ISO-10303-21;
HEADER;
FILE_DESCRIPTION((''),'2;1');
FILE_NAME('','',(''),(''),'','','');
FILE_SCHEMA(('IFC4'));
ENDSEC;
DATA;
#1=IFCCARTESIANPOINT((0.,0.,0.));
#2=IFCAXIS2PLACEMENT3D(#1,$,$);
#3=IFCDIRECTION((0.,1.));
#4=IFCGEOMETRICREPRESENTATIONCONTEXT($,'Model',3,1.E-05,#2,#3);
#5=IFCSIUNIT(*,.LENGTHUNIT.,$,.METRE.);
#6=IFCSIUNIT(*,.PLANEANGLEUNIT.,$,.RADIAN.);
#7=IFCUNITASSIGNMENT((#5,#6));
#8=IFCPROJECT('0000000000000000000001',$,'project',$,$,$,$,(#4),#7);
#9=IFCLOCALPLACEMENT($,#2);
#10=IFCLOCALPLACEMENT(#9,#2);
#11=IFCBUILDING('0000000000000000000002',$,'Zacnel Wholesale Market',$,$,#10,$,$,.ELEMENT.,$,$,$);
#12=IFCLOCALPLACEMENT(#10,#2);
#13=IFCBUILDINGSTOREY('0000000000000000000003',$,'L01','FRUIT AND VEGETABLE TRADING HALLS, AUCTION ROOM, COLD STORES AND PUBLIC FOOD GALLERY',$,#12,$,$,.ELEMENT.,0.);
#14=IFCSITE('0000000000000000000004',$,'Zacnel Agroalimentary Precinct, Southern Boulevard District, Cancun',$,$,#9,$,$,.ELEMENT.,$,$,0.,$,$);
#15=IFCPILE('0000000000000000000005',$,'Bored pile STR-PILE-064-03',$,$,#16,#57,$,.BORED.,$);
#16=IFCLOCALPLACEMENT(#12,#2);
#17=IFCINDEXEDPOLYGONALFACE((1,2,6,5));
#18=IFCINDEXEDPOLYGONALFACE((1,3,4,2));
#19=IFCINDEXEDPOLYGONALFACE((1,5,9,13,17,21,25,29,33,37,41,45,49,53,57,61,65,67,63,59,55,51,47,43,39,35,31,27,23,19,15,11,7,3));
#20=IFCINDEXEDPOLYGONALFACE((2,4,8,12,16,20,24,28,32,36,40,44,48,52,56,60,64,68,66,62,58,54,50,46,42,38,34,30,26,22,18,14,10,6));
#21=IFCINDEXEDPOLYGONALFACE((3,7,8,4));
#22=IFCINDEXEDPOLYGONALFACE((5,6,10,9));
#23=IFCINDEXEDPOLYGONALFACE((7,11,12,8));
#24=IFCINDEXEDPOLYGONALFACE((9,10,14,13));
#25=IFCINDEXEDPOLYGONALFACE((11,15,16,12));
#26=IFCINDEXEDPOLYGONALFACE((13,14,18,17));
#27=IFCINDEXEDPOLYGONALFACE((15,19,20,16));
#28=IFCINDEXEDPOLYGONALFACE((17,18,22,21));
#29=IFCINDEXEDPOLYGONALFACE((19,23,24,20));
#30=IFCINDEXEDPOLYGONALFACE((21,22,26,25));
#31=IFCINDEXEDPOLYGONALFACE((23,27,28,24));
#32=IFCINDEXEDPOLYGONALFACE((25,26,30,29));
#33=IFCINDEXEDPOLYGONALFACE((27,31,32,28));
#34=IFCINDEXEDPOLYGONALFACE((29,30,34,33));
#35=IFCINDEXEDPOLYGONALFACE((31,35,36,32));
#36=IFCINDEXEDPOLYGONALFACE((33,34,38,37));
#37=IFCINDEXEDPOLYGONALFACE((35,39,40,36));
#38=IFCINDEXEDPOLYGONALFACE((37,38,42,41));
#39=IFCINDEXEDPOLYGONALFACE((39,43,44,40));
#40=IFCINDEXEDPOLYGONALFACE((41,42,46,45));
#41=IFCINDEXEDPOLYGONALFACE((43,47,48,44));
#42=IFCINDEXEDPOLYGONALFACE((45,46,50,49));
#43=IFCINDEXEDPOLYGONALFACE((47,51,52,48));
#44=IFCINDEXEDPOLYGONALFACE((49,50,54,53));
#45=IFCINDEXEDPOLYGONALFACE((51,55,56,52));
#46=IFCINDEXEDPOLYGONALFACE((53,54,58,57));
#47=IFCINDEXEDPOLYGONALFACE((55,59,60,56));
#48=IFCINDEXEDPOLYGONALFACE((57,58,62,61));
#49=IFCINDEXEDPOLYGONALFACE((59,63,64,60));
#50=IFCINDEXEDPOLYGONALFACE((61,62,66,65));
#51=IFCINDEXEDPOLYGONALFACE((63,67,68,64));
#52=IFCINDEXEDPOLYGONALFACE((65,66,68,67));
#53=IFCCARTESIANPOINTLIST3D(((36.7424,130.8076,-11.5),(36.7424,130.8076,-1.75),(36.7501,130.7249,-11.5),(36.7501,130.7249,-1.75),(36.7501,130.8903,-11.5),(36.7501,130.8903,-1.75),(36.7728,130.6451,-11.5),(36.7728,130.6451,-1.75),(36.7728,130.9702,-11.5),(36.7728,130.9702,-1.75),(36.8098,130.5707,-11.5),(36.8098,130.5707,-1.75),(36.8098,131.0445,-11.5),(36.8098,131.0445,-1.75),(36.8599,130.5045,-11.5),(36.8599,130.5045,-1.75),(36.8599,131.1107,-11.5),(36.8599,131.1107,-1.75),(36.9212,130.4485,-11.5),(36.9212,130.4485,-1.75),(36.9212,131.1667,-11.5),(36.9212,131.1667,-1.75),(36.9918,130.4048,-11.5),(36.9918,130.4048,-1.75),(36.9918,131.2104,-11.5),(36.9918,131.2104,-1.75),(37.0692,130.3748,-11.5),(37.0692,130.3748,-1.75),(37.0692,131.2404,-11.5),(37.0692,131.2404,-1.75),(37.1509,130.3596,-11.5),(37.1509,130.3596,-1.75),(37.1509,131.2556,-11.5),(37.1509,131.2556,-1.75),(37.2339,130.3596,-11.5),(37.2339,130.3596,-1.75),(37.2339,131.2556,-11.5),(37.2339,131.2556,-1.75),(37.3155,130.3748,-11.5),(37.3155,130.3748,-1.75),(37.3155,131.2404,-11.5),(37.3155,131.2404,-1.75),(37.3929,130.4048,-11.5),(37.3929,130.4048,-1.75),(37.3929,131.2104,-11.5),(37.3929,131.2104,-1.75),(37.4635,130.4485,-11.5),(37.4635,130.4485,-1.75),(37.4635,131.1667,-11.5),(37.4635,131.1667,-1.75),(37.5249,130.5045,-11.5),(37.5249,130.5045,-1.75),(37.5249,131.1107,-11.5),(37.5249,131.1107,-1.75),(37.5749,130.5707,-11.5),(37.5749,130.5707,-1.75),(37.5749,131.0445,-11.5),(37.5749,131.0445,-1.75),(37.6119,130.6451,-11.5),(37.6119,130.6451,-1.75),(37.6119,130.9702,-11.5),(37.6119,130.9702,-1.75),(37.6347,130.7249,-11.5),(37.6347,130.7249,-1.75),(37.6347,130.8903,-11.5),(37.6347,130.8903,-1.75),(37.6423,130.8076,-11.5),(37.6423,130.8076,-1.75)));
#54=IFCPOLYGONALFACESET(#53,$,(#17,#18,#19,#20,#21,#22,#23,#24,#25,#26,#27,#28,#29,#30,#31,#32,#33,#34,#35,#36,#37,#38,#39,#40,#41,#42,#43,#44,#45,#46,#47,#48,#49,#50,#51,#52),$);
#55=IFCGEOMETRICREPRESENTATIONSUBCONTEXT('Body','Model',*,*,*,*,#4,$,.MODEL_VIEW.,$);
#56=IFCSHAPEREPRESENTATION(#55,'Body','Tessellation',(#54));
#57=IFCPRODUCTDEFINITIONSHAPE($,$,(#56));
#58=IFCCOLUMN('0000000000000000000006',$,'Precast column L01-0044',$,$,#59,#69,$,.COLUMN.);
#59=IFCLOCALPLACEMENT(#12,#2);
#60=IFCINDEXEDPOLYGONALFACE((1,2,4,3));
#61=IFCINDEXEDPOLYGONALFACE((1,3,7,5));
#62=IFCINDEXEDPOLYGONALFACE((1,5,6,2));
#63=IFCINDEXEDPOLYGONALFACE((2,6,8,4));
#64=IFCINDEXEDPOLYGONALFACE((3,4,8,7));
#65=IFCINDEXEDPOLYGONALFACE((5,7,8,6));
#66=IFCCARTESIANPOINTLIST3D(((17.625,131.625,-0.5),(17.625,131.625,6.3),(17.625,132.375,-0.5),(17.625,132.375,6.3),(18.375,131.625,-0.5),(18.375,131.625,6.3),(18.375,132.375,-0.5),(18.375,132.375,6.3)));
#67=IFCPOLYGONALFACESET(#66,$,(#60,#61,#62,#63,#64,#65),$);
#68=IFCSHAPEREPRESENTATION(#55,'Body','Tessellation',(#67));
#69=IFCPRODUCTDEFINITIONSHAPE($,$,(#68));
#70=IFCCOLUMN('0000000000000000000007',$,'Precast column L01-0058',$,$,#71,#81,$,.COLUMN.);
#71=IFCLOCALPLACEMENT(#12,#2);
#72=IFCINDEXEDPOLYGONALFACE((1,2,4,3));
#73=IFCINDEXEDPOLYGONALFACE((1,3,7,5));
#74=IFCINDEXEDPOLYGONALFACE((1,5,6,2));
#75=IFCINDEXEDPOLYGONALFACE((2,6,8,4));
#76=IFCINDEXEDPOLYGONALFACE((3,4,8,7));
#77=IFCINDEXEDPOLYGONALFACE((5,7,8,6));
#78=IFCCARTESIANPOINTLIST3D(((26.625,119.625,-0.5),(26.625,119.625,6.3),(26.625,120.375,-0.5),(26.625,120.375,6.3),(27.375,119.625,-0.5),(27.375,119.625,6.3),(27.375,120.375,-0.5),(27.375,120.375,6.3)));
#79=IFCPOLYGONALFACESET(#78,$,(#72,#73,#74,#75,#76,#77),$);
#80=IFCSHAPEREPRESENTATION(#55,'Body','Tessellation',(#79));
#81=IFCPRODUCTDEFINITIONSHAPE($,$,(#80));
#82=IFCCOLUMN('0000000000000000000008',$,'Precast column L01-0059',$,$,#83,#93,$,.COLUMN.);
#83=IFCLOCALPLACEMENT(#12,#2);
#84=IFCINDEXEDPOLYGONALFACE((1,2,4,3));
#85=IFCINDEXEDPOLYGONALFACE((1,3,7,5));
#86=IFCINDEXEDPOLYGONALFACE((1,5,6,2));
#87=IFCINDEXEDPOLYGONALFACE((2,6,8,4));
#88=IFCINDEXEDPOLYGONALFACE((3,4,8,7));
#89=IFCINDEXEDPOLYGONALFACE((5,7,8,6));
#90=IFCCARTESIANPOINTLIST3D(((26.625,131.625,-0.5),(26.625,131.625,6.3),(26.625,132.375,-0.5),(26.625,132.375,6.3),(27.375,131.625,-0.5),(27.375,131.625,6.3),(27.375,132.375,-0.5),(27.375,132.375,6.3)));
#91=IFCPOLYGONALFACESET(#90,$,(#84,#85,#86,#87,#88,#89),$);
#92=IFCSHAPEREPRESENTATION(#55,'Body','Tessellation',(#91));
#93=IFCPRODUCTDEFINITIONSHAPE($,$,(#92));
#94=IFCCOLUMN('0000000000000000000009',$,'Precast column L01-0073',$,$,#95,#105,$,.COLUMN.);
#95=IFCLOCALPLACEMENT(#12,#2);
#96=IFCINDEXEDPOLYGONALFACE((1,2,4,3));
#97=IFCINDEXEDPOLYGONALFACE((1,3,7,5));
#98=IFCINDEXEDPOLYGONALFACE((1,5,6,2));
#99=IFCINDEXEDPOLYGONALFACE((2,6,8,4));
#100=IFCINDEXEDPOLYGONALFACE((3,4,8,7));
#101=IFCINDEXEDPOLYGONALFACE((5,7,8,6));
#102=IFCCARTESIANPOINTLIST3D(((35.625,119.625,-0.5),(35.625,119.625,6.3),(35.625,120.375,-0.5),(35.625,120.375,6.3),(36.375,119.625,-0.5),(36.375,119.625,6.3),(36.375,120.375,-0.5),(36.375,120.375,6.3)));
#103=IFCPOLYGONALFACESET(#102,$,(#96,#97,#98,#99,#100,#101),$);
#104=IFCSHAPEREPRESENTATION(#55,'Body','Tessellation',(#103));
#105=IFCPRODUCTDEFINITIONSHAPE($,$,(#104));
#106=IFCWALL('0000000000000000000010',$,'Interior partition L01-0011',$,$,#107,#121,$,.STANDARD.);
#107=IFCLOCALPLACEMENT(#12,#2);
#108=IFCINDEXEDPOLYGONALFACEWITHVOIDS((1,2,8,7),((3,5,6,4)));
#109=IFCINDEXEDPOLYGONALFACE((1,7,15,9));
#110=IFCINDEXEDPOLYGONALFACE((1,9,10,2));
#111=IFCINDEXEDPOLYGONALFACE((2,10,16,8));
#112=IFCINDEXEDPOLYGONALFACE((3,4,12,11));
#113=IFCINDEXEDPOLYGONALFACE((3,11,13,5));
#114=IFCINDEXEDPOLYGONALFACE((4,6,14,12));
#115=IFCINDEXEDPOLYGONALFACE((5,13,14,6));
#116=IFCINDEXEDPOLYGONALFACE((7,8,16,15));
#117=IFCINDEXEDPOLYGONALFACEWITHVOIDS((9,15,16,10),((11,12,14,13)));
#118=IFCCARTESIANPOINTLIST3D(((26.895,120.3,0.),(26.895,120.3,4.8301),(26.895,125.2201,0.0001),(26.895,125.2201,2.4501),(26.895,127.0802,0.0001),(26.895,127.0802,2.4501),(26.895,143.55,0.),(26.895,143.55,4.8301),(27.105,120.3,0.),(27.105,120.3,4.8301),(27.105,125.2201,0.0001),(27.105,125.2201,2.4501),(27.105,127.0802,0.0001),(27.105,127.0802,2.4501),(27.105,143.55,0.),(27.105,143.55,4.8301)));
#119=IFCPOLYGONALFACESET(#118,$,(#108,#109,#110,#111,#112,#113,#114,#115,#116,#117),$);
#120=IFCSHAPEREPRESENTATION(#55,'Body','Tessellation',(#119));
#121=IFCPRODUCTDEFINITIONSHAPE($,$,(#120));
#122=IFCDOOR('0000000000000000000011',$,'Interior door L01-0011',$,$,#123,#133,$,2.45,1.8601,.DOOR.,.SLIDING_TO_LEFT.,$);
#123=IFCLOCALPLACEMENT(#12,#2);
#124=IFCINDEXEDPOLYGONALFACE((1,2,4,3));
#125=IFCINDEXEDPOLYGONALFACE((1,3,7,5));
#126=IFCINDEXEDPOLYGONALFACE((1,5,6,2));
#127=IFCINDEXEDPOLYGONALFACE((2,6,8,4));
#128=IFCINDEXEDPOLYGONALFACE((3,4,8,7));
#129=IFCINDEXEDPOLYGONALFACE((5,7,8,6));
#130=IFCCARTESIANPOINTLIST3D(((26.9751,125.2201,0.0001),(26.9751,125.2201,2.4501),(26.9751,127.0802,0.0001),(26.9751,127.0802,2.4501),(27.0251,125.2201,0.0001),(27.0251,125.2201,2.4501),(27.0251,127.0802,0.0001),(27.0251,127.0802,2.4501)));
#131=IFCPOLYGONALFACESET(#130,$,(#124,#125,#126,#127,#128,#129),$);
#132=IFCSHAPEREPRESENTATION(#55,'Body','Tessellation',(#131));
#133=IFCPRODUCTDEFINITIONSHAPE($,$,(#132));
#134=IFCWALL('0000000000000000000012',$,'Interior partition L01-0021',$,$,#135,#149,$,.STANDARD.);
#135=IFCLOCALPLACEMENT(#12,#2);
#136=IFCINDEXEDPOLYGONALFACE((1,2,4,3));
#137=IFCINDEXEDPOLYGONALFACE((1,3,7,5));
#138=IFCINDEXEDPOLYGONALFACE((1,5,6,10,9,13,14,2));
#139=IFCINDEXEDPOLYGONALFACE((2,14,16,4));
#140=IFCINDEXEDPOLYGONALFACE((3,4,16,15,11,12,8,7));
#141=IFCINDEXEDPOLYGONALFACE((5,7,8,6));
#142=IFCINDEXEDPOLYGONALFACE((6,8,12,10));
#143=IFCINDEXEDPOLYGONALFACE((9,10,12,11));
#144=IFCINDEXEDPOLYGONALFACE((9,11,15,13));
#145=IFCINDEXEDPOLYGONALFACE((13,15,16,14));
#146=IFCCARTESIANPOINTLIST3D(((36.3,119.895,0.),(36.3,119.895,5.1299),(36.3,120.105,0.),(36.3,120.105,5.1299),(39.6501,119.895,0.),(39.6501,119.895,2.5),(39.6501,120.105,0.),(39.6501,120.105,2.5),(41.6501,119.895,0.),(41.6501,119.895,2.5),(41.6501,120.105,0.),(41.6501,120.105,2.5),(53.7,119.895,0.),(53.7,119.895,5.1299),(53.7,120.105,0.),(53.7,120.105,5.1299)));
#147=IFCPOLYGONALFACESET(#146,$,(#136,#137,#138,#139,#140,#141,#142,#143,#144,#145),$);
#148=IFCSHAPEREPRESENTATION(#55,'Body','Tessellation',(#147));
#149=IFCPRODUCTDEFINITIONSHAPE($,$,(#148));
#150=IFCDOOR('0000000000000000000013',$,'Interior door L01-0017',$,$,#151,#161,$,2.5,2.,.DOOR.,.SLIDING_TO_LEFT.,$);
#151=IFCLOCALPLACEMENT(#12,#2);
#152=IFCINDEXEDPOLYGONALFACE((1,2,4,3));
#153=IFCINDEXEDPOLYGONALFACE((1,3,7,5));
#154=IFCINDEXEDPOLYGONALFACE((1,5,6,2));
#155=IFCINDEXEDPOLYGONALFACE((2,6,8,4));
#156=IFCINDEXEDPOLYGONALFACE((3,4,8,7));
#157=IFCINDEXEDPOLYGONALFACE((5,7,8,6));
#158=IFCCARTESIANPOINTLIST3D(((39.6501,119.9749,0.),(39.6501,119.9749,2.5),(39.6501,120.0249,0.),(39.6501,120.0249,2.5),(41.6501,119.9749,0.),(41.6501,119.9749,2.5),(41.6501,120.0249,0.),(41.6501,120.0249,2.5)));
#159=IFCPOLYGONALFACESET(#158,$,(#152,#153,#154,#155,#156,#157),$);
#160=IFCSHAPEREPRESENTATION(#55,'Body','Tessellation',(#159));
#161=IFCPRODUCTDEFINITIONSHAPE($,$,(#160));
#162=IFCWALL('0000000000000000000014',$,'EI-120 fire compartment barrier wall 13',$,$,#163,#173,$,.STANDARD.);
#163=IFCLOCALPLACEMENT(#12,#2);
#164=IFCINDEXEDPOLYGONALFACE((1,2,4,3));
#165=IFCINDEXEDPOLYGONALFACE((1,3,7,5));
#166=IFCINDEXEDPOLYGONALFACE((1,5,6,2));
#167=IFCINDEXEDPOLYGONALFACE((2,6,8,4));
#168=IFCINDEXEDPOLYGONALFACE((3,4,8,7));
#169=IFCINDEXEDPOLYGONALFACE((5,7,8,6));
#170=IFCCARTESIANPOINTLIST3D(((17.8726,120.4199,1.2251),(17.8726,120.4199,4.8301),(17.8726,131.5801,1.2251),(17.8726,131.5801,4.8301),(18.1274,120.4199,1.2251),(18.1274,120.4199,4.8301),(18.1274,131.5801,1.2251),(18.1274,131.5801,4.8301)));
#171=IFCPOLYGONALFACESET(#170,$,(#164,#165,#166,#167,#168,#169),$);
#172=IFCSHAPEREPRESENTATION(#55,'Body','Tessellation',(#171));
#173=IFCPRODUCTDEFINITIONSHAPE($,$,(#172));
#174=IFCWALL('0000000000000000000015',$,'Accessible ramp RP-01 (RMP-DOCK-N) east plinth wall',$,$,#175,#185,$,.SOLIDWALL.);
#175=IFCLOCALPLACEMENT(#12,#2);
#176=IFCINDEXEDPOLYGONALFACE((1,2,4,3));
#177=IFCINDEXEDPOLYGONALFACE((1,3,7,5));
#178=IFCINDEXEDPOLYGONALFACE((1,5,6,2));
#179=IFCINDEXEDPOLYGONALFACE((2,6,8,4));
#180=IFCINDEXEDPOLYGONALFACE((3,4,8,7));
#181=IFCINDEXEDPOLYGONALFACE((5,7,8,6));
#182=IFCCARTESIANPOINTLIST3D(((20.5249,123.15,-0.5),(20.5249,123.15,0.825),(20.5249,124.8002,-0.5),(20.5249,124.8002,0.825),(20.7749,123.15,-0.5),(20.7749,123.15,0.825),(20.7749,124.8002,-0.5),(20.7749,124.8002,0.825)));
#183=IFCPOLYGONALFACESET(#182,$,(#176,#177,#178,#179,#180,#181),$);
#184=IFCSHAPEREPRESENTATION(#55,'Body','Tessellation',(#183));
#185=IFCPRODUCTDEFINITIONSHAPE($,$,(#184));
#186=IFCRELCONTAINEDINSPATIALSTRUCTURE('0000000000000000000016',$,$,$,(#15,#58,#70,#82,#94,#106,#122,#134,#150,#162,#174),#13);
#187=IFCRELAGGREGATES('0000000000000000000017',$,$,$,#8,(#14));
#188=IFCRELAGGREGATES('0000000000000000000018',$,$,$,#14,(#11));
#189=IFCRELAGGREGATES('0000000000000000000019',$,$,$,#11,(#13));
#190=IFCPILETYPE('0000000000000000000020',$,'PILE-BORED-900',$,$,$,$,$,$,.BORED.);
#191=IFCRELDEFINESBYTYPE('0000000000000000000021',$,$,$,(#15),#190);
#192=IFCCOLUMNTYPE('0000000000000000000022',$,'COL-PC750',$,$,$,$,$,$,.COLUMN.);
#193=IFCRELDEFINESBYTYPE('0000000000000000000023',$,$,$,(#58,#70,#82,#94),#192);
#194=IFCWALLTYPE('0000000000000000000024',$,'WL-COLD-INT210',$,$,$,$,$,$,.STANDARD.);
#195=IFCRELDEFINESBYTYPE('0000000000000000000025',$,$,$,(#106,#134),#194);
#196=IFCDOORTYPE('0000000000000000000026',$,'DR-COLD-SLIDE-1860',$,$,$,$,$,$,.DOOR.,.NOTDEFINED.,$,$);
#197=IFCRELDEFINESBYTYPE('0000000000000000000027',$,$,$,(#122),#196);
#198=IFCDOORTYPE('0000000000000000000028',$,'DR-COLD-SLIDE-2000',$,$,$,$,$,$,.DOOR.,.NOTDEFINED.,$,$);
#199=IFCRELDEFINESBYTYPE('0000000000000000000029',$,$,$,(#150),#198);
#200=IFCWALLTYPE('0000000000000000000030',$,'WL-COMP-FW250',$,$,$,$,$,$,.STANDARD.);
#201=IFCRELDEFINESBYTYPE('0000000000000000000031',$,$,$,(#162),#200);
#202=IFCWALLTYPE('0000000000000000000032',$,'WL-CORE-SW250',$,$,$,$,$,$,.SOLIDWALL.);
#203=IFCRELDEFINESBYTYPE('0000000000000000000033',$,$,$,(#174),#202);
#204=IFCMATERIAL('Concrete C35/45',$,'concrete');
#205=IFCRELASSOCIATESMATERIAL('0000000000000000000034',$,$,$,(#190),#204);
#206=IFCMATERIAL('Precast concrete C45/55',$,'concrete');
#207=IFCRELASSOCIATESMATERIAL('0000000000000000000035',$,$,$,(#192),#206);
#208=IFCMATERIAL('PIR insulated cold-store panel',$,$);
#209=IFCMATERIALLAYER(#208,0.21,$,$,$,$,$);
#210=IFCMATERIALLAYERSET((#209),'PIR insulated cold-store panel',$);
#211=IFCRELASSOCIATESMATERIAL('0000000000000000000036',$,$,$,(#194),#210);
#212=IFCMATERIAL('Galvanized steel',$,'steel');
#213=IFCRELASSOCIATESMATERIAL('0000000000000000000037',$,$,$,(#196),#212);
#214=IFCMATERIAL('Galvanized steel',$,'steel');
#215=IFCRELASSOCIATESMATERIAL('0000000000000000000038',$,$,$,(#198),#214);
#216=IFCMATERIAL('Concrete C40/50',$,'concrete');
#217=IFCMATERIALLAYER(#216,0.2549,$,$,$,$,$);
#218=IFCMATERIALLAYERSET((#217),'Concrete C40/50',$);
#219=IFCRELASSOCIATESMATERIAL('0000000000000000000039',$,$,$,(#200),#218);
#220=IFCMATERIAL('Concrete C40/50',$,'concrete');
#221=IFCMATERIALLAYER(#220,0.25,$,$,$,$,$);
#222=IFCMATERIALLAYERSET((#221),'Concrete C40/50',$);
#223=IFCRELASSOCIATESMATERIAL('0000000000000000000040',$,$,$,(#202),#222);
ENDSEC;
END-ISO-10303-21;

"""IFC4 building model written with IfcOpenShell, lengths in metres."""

from ifc_helpers import new_model, si_unit, direction, frame, frame_2d, origin, origin_2d, place, context, subcontext, project, spatial, rectangle, circle, extrude, material, layer, layer_set, material_profile, profile_set, type_object, element, fill, save


model = new_model("IFC4")

# Units and contexts
model_context = context("Model", 3, precision=1e-05, world=origin(), true_north=direction((0.0, 1.0)))
body_context = subcontext(model_context, "Body", "Model", "MODEL_VIEW")
ifc_project = project(units=[si_unit("LENGTHUNIT", "METRE"), si_unit("PLANEANGLEUNIT", "RADIAN")], contexts=[model_context])

# Site, building, storey
site_placement = place(None, origin())
site = spatial("IfcSite", under=ifc_project, at=site_placement, Name="Zacnel Agroalimentary Precinct, Southern Boulevard District, Cancun", CompositionType="ELEMENT", RefElevation=0.0)
building_placement = place(site_placement, origin())
building = spatial("IfcBuilding", under=site, at=building_placement, Name="Zacnel Wholesale Market", CompositionType="ELEMENT")
storey_placement = place(building_placement, origin())
storey = spatial("IfcBuildingStorey", under=building, at=storey_placement, Name="L01", Description="FRUIT AND VEGETABLE TRADING HALLS, AUCTION ROOM, COLD STORES AND PUBLIC FOOD GALLERY", CompositionType="ELEMENT", Elevation=0.0)

# Pile
ifc_material_1 = material(Name="Concrete C35/45", Category="concrete")
ifc_material_profile_1 = material_profile(ifc_material_1, circle(Radius=0.45, at=origin_2d()), Name="BORED PILE D900")
ifc_profile_set_1 = profile_set([ifc_material_profile_1], Name="Concrete C35/45")
pile_type = type_object("IfcPileType", Name="PILE-BORED-900", PredefinedType="BORED", material=ifc_profile_set_1)
for number, where, z_axis, x_axis, name in (
    (1, (37.1924, 130.8076, -1.75), (0.0, 0.0, -1.0), (1.0, 0.0, 0.0), "Bored pile STR-PILE-064-03"),
):
    element("IfcPile", number, at=place(storey_placement, frame(where, z_axis=z_axis, x_axis=x_axis)), inside=storey, type_object=pile_type, Name=name, PredefinedType="BORED", context=body_context, shape_type="SweptSolid", body=[
        extrude(circle(Radius=0.45, at=origin_2d()), origin(), (0.0, 0.0, 1.0), 9.75),
    ])

# Columns
ifc_material_2 = material(Name="Precast concrete C45/55", Category="concrete")
ifc_material_profile_2 = material_profile(ifc_material_2, rectangle(XDim=0.75, YDim=0.75, at=origin_2d()), Name="PC 750x750")
ifc_profile_set_2 = profile_set([ifc_material_profile_2], Name="Precast concrete C45/55")
column_type = type_object("IfcColumnType", Name="COL-PC750", PredefinedType="COLUMN", material=ifc_profile_set_2)
for number, where, z_axis, x_axis, name in (
    (2, (18.0, 132.0, -0.5), (0.0, 0.0, 1.0), (1.0, 0.0, 0.0), "Precast column L01-0044"),
    (3, (27.0, 120.0, -0.5), (0.0, 0.0, 1.0), (1.0, 0.0, 0.0), "Precast column L01-0058"),
    (4, (27.0, 132.0, -0.5), (0.0, 0.0, 1.0), (1.0, 0.0, 0.0), "Precast column L01-0059"),
    (5, (36.0, 120.0, -0.5), (0.0, 0.0, 1.0), (1.0, 0.0, 0.0), "Precast column L01-0073"),
):
    element("IfcColumn", number, at=place(storey_placement, frame(where, z_axis=z_axis, x_axis=x_axis)), inside=storey, type_object=column_type, Name=name, PredefinedType="COLUMN", context=body_context, shape_type="SweptSolid", body=[
        extrude(rectangle(XDim=0.75, YDim=0.75, at=origin_2d()), origin(), (0.0, 0.0, 1.0), 6.8),
    ])

# Walls, openings, doors
ifc_material_3 = material(Name="PIR insulated cold-store panel")
ifc_layer_1 = layer(ifc_material_3, 0.21)
ifc_layer_set_1 = layer_set([ifc_layer_1], Name="PIR insulated cold-store panel")
wall_type_1 = type_object("IfcWallType", Name="WL-COLD-INT210", PredefinedType="STANDARD", material=ifc_layer_set_1)
wall_1_placement = place(storey_placement, frame((27.0, 120.3, 0.0), z_axis=(0.0, 0.0, 1.0), x_axis=(0.0, 1.0, 0.0)))
wall_1 = element("IfcWall", 6, at=wall_1_placement, inside=storey, type_object=wall_type_1, Name="Interior partition L01-0011", PredefinedType="STANDARD", context=body_context, shape_type="SweptSolid", body=[
    extrude(rectangle(XDim=23.25, YDim=0.21, at=frame_2d((11.625, 0.0))), origin(), (0.0, 0.0, 1.0), 4.8301),
])
opening_1_placement = place(wall_1_placement, frame((4.9199, 0.0, 0.0)))
opening_1 = element("IfcOpeningElement", 7, at=opening_1_placement, cuts=wall_1, PredefinedType="OPENING", context=body_context, shape_type="SweptSolid", body=[
    extrude(rectangle(XDim=1.8601, YDim=2.45, at=frame_2d((0.9302, 1.2251))), frame((0.0, 0.115, 0.0), z_axis=(0.0, -1.0, 0.0), x_axis=(1.0, 0.0, 0.0)), (0.0, 0.0, 1.0), 0.23),
])
ifc_material_4 = material(Name="Galvanized steel", Category="steel")
door_type_1 = type_object("IfcDoorType", Name="DR-COLD-SLIDE-1860", OperationType="NOTDEFINED", PredefinedType="DOOR", material=ifc_material_4)
door_1_placement = place(opening_1_placement, origin())
door_1 = element("IfcDoor", 8, at=door_1_placement, inside=storey, type_object=door_type_1, Name="Interior door L01-0011", OperationType="SLIDING_TO_LEFT", OverallHeight=2.45, OverallWidth=1.8601, PredefinedType="DOOR", context=body_context, shape_type="SweptSolid", body=[
    extrude(rectangle(XDim=1.8601, YDim=2.45, at=frame_2d((0.9302, 1.2251))), frame((0.0, 0.0249, 0.0), z_axis=(0.0, -1.0, 0.0), x_axis=(1.0, 0.0, 0.0)), (0.0, 0.0, 1.0), 0.05),
])
fill(opening_1, door_1)
wall_2_placement = place(storey_placement, frame((36.3, 120.0, 0.0), z_axis=(0.0, 0.0, 1.0), x_axis=(1.0, 0.0, 0.0)))
wall_2 = element("IfcWall", 9, at=wall_2_placement, inside=storey, type_object=wall_type_1, Name="Interior partition L01-0021", PredefinedType="STANDARD", context=body_context, shape_type="SweptSolid", body=[
    extrude(rectangle(XDim=17.3999, YDim=0.21, at=frame_2d((8.7, 0.0))), origin(), (0.0, 0.0, 1.0), 5.1299),
])
opening_2_placement = place(wall_2_placement, frame((3.3501, 0.0, 0.0)))
opening_2 = element("IfcOpeningElement", 10, at=opening_2_placement, cuts=wall_2, PredefinedType="OPENING", context=body_context, shape_type="SweptSolid", body=[
    extrude(rectangle(XDim=2.0, YDim=2.5, at=frame_2d((1.0, 1.25))), frame((0.0, 0.115, 0.0), z_axis=(0.0, -1.0, 0.0), x_axis=(1.0, 0.0, 0.0)), (0.0, 0.0, 1.0), 0.23),
])
ifc_material_5 = material(Name="Galvanized steel", Category="steel")
door_type_2 = type_object("IfcDoorType", Name="DR-COLD-SLIDE-2000", OperationType="NOTDEFINED", PredefinedType="DOOR", material=ifc_material_5)
door_2_placement = place(opening_2_placement, origin())
door_2 = element("IfcDoor", 11, at=door_2_placement, inside=storey, type_object=door_type_2, Name="Interior door L01-0017", OperationType="SLIDING_TO_LEFT", OverallHeight=2.5, OverallWidth=2.0, PredefinedType="DOOR", context=body_context, shape_type="SweptSolid", body=[
    extrude(rectangle(XDim=2.0, YDim=2.5, at=frame_2d((1.0, 1.25))), frame((0.0, 0.0249, 0.0), z_axis=(0.0, -1.0, 0.0), x_axis=(1.0, 0.0, 0.0)), (0.0, 0.0, 1.0), 0.05),
])
fill(opening_2, door_2)

# Walls
ifc_material_6 = material(Name="Concrete C40/50", Category="concrete")
ifc_layer_2 = layer(ifc_material_6, 0.2549)
ifc_layer_set_2 = layer_set([ifc_layer_2], Name="Concrete C40/50")
wall_type_2 = type_object("IfcWallType", Name="WL-COMP-FW250", PredefinedType="STANDARD", material=ifc_layer_set_2)
wall_3_placement = place(storey_placement, frame((18.0, 120.4199, 1.2251), z_axis=(0.0, 0.0, 1.0), x_axis=(0.0, 1.0, 0.0)))
element("IfcWall", 12, at=wall_3_placement, inside=storey, type_object=wall_type_2, Name="EI-120 fire compartment barrier wall 13", PredefinedType="STANDARD", context=body_context, shape_type="SweptSolid", body=[
    extrude(rectangle(XDim=11.1602, YDim=0.2549, at=frame_2d((5.5801, 0.0))), origin(), (0.0, 0.0, 1.0), 3.605),
])
ifc_material_7 = material(Name="Concrete C40/50", Category="concrete")
ifc_layer_3 = layer(ifc_material_7, 0.25)
ifc_layer_set_3 = layer_set([ifc_layer_3], Name="Concrete C40/50")
wall_type_3 = type_object("IfcWallType", Name="WL-CORE-SW250", PredefinedType="SOLIDWALL", material=ifc_layer_set_3)
wall_4_placement = place(storey_placement, frame((20.6499, 123.1499, -0.5), z_axis=(0.0, 0.0, 1.0), x_axis=(0.0, 1.0, 0.0)))
element("IfcWall", 13, at=wall_4_placement, inside=storey, type_object=wall_type_3, Name="Accessible ramp RP-01 (RMP-DOCK-N) east plinth wall", PredefinedType="SOLIDWALL", context=body_context, shape_type="SweptSolid", body=[
    extrude(rectangle(XDim=1.6501, YDim=0.25, at=frame_2d((0.8252, 0.0))), origin(), (0.0, 0.0, 1.0), 1.325),
])

save(model, "model.ifc")
